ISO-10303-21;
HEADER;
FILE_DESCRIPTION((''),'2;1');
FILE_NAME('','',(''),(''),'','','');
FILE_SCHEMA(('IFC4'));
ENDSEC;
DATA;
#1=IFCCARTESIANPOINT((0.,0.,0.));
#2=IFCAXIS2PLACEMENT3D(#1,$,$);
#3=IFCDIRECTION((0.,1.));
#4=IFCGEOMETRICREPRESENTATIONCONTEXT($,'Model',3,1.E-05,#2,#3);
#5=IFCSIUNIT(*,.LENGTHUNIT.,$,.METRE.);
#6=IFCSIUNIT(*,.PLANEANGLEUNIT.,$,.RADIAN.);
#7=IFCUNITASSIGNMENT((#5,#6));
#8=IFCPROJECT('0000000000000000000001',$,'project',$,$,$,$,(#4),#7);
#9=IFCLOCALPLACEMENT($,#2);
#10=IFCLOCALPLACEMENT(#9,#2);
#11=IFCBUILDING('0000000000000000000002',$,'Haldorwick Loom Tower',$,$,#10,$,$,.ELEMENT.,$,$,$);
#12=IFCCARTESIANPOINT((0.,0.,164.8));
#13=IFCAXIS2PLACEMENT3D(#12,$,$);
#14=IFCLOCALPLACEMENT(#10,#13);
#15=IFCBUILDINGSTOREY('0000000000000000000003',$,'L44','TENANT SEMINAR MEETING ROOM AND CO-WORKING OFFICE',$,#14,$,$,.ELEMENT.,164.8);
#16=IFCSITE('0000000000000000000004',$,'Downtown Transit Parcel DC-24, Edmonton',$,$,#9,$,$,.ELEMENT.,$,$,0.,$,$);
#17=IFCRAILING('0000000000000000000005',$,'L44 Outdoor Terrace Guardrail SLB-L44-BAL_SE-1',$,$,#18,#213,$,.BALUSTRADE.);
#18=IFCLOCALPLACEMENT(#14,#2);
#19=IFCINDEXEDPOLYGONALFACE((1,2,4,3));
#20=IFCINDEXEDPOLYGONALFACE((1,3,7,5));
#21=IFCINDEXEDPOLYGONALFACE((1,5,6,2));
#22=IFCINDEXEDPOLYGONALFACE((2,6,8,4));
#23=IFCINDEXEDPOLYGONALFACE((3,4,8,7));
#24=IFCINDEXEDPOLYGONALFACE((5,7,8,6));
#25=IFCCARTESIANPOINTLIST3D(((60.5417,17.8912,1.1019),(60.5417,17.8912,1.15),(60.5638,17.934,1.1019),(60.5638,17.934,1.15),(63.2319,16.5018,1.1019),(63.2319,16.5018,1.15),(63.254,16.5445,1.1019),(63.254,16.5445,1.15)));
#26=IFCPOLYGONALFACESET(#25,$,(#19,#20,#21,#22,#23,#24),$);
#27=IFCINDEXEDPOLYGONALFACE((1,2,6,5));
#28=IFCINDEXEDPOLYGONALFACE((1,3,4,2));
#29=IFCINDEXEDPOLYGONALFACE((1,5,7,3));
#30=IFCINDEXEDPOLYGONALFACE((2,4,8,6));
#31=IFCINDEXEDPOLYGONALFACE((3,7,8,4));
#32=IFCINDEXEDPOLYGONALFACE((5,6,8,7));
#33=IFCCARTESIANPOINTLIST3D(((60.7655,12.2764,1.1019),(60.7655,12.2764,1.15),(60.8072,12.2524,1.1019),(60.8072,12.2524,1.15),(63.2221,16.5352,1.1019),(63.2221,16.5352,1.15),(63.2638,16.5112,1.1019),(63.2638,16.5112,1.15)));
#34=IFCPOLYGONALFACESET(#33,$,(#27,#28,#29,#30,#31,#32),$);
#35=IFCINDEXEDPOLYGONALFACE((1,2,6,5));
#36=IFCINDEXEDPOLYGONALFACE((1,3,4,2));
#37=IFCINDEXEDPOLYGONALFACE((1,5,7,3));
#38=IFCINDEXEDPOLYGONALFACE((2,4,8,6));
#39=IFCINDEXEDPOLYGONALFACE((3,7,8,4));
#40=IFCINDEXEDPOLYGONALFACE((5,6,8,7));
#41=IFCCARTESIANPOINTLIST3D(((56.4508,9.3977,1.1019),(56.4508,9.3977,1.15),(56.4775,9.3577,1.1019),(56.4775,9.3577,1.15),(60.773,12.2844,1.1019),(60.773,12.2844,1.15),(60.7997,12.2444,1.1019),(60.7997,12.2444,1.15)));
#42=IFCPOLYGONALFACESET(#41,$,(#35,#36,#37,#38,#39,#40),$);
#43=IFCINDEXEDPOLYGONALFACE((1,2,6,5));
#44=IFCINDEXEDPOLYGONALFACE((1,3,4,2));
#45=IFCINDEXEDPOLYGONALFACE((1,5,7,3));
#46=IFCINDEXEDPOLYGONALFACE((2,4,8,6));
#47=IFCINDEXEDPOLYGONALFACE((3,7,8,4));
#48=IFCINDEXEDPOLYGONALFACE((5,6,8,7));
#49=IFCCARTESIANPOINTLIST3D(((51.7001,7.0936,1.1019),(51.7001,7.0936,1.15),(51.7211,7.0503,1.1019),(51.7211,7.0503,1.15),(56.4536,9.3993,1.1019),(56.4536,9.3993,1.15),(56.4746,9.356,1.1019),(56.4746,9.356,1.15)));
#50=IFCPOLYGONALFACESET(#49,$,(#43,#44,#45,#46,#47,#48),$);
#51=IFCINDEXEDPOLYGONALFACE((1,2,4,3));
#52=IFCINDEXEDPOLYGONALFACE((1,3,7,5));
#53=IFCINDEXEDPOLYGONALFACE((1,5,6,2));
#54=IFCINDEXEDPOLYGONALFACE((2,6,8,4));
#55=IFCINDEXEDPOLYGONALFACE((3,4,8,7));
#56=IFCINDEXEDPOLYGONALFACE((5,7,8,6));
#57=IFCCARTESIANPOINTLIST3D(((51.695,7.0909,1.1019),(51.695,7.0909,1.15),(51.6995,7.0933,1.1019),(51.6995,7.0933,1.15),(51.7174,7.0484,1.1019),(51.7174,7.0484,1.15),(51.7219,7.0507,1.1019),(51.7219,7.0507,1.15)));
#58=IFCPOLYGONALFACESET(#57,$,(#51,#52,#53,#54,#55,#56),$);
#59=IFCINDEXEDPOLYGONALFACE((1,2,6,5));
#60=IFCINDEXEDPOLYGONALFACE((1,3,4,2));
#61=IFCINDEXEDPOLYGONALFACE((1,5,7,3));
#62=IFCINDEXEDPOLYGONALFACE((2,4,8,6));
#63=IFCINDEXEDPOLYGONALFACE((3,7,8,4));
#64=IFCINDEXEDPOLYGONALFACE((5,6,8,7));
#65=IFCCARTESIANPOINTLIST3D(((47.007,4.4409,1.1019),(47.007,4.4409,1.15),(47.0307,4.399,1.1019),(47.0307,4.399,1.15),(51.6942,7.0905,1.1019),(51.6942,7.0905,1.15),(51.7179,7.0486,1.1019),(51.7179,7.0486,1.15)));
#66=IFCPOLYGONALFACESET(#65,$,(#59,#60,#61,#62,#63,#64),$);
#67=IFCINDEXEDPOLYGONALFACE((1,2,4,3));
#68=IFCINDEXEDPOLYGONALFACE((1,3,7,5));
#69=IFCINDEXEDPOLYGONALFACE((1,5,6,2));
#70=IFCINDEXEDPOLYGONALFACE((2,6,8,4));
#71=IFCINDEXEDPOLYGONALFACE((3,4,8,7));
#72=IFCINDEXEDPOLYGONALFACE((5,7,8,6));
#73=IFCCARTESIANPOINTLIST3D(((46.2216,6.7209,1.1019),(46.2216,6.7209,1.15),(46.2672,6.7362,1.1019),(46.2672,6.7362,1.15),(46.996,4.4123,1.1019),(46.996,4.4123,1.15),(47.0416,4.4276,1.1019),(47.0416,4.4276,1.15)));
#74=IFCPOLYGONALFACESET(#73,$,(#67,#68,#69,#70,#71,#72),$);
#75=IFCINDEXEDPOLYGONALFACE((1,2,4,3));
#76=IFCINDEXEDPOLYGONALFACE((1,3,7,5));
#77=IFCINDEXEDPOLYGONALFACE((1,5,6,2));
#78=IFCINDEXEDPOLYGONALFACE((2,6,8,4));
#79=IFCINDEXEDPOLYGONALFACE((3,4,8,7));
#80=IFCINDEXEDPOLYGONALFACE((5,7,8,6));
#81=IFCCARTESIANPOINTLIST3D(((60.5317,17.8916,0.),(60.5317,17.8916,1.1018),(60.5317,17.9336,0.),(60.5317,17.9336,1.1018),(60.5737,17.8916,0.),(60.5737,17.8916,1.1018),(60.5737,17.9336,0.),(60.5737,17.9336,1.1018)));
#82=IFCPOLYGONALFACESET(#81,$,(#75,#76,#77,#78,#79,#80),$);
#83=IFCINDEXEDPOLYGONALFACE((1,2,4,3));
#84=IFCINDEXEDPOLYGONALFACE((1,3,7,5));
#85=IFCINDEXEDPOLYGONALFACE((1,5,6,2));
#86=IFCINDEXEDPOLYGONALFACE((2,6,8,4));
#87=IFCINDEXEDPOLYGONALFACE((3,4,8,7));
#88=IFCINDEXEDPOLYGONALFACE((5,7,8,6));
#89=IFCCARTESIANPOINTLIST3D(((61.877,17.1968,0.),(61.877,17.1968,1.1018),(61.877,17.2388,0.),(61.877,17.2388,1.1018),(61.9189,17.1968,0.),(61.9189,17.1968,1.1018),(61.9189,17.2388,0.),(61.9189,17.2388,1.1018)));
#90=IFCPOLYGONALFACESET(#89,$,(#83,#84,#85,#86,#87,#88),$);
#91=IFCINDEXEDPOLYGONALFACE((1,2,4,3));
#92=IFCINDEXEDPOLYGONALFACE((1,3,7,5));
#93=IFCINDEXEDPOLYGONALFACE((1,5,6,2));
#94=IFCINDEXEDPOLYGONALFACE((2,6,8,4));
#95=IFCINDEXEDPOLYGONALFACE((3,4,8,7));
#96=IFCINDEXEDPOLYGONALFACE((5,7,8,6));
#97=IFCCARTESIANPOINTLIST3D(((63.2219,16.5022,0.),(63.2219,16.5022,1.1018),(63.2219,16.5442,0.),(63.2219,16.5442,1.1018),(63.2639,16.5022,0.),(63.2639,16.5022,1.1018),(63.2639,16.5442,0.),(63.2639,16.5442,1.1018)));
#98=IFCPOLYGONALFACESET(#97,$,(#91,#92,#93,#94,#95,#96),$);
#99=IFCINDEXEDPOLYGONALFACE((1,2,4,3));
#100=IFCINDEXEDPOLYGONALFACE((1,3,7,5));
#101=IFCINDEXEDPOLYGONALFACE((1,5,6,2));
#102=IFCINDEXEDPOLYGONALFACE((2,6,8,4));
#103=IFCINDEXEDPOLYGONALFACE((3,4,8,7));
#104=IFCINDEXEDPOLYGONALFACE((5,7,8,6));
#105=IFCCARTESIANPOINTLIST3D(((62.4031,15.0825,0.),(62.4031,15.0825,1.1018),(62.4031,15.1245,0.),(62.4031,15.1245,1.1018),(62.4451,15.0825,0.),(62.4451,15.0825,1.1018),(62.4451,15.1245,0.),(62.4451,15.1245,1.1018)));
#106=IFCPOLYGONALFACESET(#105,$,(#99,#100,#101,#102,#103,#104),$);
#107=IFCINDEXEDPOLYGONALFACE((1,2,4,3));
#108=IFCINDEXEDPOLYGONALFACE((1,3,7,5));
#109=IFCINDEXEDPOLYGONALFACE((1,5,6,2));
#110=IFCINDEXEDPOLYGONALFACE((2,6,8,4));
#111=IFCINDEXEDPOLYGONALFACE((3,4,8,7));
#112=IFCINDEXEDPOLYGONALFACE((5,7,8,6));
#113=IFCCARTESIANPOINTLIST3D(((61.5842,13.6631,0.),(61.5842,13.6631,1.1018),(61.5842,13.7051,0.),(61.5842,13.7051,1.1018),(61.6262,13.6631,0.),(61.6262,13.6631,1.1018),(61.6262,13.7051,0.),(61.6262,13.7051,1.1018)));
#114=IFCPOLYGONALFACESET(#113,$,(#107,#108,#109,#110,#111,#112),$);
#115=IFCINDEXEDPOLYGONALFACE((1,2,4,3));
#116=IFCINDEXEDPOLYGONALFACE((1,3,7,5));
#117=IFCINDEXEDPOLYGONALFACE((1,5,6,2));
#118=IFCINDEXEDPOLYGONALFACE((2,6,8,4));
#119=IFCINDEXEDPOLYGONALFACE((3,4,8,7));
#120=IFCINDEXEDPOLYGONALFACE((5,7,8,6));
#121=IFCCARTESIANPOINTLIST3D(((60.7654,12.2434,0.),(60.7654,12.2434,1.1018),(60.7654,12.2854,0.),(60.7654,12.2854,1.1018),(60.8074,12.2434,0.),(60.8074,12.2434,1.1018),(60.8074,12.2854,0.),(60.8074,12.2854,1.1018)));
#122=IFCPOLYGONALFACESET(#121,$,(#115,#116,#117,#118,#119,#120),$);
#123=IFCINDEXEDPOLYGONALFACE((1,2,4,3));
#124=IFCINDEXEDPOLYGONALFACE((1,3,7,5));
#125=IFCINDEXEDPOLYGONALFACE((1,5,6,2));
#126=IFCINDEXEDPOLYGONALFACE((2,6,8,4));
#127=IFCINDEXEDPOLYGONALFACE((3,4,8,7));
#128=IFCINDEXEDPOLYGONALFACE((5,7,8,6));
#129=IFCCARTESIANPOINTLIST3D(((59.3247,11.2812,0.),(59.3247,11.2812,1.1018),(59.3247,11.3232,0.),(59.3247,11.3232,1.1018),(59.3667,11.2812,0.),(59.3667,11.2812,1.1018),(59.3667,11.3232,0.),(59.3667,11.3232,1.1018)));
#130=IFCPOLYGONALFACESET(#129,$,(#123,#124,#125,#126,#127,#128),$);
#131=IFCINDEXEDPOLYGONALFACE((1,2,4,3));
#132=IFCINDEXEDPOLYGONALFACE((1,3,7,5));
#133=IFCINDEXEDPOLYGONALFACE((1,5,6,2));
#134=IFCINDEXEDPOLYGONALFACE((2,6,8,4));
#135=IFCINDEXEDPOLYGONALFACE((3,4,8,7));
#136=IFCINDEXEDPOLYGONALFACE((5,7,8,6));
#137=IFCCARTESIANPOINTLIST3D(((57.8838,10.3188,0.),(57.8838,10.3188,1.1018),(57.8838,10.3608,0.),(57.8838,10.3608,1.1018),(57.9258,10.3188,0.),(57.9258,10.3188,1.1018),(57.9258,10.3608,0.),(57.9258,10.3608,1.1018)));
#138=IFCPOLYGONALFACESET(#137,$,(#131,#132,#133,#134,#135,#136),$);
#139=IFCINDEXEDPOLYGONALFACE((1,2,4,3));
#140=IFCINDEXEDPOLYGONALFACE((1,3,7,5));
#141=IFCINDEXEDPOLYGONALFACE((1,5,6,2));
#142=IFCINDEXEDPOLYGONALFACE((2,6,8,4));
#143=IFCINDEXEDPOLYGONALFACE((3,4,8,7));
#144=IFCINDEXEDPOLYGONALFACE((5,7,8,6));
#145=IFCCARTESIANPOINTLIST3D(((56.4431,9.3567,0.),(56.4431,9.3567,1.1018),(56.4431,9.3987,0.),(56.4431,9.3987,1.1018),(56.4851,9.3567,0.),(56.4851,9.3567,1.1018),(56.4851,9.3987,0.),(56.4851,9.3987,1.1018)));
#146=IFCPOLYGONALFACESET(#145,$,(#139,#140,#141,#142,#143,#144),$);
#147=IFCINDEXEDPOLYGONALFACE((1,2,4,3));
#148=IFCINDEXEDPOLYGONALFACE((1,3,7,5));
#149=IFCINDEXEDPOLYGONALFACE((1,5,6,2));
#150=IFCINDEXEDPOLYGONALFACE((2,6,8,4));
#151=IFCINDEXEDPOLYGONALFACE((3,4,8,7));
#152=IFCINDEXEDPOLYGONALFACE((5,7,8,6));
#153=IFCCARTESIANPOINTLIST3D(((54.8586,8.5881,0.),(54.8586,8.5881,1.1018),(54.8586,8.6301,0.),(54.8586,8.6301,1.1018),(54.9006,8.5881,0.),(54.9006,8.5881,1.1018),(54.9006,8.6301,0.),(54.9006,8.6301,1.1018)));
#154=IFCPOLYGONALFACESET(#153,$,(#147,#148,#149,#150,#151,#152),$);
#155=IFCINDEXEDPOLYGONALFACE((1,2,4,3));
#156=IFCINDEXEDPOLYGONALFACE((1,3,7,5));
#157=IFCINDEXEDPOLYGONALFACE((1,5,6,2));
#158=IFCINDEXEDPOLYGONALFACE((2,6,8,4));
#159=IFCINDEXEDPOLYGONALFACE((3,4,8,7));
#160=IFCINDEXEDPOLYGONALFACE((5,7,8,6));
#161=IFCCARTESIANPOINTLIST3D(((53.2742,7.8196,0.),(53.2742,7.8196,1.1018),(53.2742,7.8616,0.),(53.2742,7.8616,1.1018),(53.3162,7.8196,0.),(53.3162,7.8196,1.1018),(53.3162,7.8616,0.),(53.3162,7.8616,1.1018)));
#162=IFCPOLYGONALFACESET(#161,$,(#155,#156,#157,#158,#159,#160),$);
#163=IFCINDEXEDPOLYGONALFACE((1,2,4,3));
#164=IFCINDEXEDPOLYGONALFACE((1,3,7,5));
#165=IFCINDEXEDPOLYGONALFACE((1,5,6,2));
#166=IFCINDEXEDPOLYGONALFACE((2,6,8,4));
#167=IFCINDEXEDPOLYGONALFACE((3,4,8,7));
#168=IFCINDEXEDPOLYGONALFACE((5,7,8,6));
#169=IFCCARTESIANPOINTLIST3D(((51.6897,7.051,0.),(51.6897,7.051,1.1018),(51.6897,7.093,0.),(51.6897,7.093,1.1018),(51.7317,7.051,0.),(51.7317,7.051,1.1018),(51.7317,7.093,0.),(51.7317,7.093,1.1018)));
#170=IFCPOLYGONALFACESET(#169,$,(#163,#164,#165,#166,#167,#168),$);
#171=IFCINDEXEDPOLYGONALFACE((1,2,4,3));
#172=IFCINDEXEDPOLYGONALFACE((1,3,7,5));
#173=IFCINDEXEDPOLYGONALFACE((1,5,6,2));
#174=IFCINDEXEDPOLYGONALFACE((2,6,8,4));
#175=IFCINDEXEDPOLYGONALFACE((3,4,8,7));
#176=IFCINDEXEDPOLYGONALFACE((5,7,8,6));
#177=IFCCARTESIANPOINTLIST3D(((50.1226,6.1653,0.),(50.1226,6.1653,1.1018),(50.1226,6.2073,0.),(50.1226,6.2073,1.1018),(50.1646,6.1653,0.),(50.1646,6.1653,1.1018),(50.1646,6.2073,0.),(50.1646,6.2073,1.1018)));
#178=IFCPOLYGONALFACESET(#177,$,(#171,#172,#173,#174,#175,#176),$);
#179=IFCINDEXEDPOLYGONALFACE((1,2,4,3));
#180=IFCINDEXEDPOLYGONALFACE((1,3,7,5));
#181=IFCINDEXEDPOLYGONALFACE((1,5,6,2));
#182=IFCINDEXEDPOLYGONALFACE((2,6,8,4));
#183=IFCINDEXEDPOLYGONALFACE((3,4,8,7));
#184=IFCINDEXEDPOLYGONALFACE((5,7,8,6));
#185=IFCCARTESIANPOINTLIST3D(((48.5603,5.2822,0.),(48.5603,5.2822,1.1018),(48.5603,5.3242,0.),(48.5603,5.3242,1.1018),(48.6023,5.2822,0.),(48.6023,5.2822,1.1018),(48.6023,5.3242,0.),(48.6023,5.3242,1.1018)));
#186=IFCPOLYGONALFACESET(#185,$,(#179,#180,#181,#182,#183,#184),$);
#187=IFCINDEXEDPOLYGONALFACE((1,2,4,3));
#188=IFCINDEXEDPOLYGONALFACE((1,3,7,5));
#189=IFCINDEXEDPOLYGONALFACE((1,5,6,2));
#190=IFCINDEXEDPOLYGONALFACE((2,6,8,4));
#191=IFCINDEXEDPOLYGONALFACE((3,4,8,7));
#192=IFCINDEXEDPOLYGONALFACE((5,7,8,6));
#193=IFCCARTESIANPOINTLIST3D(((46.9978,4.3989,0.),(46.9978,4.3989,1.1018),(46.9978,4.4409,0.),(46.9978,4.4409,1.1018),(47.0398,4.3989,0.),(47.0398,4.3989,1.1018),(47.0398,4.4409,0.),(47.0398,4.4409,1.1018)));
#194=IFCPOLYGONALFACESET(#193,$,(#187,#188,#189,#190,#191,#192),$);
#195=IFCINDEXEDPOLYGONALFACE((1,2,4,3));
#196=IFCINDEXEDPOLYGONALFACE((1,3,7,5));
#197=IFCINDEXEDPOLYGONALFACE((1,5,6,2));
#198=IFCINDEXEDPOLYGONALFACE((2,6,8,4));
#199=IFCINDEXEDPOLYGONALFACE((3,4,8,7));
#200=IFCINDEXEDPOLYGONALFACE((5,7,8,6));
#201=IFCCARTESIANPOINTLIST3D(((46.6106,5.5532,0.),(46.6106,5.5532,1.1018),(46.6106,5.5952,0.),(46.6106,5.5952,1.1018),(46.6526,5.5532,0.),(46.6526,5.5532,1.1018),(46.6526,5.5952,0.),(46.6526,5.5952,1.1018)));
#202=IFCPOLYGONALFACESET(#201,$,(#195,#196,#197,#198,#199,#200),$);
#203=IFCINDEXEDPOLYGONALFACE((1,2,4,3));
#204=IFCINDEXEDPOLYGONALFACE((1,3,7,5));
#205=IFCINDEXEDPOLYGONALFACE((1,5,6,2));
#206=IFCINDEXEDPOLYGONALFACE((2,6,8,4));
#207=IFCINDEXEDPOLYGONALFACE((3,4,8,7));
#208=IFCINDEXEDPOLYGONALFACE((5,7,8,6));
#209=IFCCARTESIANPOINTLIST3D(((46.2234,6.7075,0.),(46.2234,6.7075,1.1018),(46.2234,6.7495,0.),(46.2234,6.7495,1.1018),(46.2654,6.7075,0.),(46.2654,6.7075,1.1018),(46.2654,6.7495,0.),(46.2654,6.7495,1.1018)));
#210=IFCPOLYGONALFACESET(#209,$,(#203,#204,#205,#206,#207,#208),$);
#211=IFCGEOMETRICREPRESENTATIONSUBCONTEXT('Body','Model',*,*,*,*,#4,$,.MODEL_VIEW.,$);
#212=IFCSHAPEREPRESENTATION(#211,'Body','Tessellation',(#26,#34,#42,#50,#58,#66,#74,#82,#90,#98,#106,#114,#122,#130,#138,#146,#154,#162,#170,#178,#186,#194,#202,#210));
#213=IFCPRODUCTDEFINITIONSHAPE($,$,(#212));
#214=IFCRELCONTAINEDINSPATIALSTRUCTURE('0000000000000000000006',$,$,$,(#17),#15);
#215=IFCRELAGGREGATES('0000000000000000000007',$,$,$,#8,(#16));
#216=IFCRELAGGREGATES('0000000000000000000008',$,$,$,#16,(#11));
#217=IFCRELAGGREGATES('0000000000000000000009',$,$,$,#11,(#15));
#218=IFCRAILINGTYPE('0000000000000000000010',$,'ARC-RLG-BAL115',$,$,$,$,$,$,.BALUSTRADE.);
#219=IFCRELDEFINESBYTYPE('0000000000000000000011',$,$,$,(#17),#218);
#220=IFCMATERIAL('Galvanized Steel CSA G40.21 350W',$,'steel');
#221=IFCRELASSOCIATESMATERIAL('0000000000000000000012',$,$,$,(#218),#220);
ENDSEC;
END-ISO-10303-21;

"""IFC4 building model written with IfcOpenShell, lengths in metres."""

from ifc_helpers import new_model, si_unit, direction, frame, origin, origin_2d, place, context, subcontext, project, spatial, rectangle, extrude, material, type_object, element, save


model = new_model("IFC4")

# Units and contexts
model_context = context("Model", 3, precision=1e-05, world=origin(), true_north=direction((0.0, 1.0)))
body_context = subcontext(model_context, "Body", "Model", "MODEL_VIEW")
ifc_project = project(units=[si_unit("LENGTHUNIT", "METRE"), si_unit("PLANEANGLEUNIT", "RADIAN")], contexts=[model_context])

# Site, building, storey
site_placement = place(None, origin())
site = spatial("IfcSite", under=ifc_project, at=site_placement, Name="Downtown Transit Parcel DC-24, Edmonton", CompositionType="ELEMENT", RefElevation=0.0)
building_placement = place(site_placement, origin())
building = spatial("IfcBuilding", under=site, at=building_placement, Name="Haldorwick Loom Tower", CompositionType="ELEMENT")
storey_placement = place(building_placement, frame((0.0, 0.0, 164.8)))
storey = spatial("IfcBuildingStorey", under=building, at=storey_placement, Name="L44", Description="TENANT SEMINAR MEETING ROOM AND CO-WORKING OFFICE", CompositionType="ELEMENT", Elevation=164.8)

# Railing
ifc_material_1 = material(Name="Galvanized Steel CSA G40.21 350W", Category="steel")
railing_type = type_object("IfcRailingType", Name="ARC-RLG-BAL115", PredefinedType="BALUSTRADE", material=ifc_material_1)
railing_placement = place(storey_placement, frame((60.5527, 17.9126, 0.0)))
element("IfcRailing", 1, at=railing_placement, inside=storey, type_object=railing_type, Name="L44 Outdoor Terrace Guardrail SLB-L44-BAL_SE-1", PredefinedType="BALUSTRADE", context=body_context, shape_type="SweptSolid", body=[
    extrude(rectangle(XDim=0.0481, YDim=0.0481, at=origin_2d()), frame((0.0, 0.0, 1.126), z_axis=(0.888497, -0.458883, 0.0), x_axis=(0.458883, 0.888497, 0.0)), (0.0, 0.0, 1.0), 3.0278),
    extrude(rectangle(XDim=0.0481, YDim=0.0481, at=origin_2d()), frame((2.6902, -1.3894, 1.126), z_axis=(-0.499654, -0.866225, 0.0), x_axis=(0.866225, -0.499654, 0.0)), (0.0, 0.0, 1.0), 4.9165),
    extrude(rectangle(XDim=0.0481, YDim=0.0481, at=origin_2d()), frame((0.2336, -5.6482, 1.126), z_axis=(-0.831588, -0.555394, 0.0), x_axis=(0.555394, -0.831588, 0.0)), (0.0, 0.0, 1.0), 5.1975),
    extrude(rectangle(XDim=0.0481, YDim=0.0481, at=origin_2d()), frame((-4.0886, -8.5349, 1.126), z_axis=(-0.899742, -0.436423, 0.0), x_axis=(0.436423, -0.899742, 0.0)), (0.0, 0.0, 1.0), 5.2832),
    extrude(rectangle(XDim=0.0481, YDim=0.0481, at=origin_2d()), frame((-8.842, -10.8406, 1.126), z_axis=(-0.884918, -0.465746, 0.0), x_axis=(0.465746, -0.884918, 0.0)), (0.0, 0.0, 1.0), 0.0051),
    extrude(rectangle(XDim=0.0481, YDim=0.0481, at=origin_2d()), frame((-8.8467, -10.843, 1.126), z_axis=(-0.870536, -0.492105, 0.0), x_axis=(0.492105, -0.870536, 0.0)), (0.0, 0.0, 1.0), 5.3843),
    extrude(rectangle(XDim=0.0481, YDim=0.0481, at=origin_2d()), frame((-13.5339, -13.4927, 1.126), z_axis=(-0.318032, 0.94808, 0.0), x_axis=(-0.94808, -0.318032, 0.0)), (0.0, 0.0, 1.0), 2.4351),
    extrude(rectangle(XDim=0.042, YDim=0.042, at=origin_2d()), origin(), (0.0, 0.0, 1.0), 1.1018),
    extrude(rectangle(XDim=0.042, YDim=0.042, at=origin_2d()), frame((1.3452, -0.6948, 0.0)), (0.0, 0.0, 1.0), 1.1018),
    extrude(rectangle(XDim=0.042, YDim=0.042, at=origin_2d()), frame((2.6902, -1.3894, 0.0)), (0.0, 0.0, 1.0), 1.1018),
    extrude(rectangle(XDim=0.042, YDim=0.042, at=origin_2d()), frame((1.8713, -2.8091, 0.0)), (0.0, 0.0, 1.0), 1.1018),
    extrude(rectangle(XDim=0.042, YDim=0.042, at=origin_2d()), frame((1.0525, -4.2285, 0.0)), (0.0, 0.0, 1.0), 1.1018),
    extrude(rectangle(XDim=0.042, YDim=0.042, at=origin_2d()), frame((0.2336, -5.6482, 0.0)), (0.0, 0.0, 1.0), 1.1018),
    extrude(rectangle(XDim=0.042, YDim=0.042, at=origin_2d()), frame((-1.207, -6.6104, 0.0)), (0.0, 0.0, 1.0), 1.1018),
    extrude(rectangle(XDim=0.042, YDim=0.042, at=origin_2d()), frame((-2.6479, -7.5728, 0.0)), (0.0, 0.0, 1.0), 1.1018),
    extrude(rectangle(XDim=0.042, YDim=0.042, at=origin_2d()), frame((-4.0886, -8.5349, 0.0)), (0.0, 0.0, 1.0), 1.1018),
    extrude(rectangle(XDim=0.042, YDim=0.042, at=origin_2d()), frame((-5.6731, -9.3035, 0.0)), (0.0, 0.0, 1.0), 1.1018),
    extrude(rectangle(XDim=0.042, YDim=0.042, at=origin_2d()), frame((-7.2576, -10.072, 0.0)), (0.0, 0.0, 1.0), 1.1018),
    extrude(rectangle(XDim=0.042, YDim=0.042, at=origin_2d()), frame((-8.842, -10.8406, 0.0)), (0.0, 0.0, 1.0), 1.1018),
    extrude(rectangle(XDim=0.042, YDim=0.042, at=origin_2d()), frame((-10.4092, -11.7263, 0.0)), (0.0, 0.0, 1.0), 1.1018),
    extrude(rectangle(XDim=0.042, YDim=0.042, at=origin_2d()), frame((-11.9714, -12.6094, 0.0)), (0.0, 0.0, 1.0), 1.1018),
    extrude(rectangle(XDim=0.042, YDim=0.042, at=origin_2d()), frame((-13.5339, -13.4927, 0.0)), (0.0, 0.0, 1.0), 1.1018),
    extrude(rectangle(XDim=0.042, YDim=0.042, at=origin_2d()), frame((-13.9211, -12.3384, 0.0)), (0.0, 0.0, 1.0), 1.1018),
    extrude(rectangle(XDim=0.042, YDim=0.042, at=origin_2d()), frame((-14.3083, -11.1841, 0.0)), (0.0, 0.0, 1.0), 1.1018),
])

save(model, "model.ifc")
